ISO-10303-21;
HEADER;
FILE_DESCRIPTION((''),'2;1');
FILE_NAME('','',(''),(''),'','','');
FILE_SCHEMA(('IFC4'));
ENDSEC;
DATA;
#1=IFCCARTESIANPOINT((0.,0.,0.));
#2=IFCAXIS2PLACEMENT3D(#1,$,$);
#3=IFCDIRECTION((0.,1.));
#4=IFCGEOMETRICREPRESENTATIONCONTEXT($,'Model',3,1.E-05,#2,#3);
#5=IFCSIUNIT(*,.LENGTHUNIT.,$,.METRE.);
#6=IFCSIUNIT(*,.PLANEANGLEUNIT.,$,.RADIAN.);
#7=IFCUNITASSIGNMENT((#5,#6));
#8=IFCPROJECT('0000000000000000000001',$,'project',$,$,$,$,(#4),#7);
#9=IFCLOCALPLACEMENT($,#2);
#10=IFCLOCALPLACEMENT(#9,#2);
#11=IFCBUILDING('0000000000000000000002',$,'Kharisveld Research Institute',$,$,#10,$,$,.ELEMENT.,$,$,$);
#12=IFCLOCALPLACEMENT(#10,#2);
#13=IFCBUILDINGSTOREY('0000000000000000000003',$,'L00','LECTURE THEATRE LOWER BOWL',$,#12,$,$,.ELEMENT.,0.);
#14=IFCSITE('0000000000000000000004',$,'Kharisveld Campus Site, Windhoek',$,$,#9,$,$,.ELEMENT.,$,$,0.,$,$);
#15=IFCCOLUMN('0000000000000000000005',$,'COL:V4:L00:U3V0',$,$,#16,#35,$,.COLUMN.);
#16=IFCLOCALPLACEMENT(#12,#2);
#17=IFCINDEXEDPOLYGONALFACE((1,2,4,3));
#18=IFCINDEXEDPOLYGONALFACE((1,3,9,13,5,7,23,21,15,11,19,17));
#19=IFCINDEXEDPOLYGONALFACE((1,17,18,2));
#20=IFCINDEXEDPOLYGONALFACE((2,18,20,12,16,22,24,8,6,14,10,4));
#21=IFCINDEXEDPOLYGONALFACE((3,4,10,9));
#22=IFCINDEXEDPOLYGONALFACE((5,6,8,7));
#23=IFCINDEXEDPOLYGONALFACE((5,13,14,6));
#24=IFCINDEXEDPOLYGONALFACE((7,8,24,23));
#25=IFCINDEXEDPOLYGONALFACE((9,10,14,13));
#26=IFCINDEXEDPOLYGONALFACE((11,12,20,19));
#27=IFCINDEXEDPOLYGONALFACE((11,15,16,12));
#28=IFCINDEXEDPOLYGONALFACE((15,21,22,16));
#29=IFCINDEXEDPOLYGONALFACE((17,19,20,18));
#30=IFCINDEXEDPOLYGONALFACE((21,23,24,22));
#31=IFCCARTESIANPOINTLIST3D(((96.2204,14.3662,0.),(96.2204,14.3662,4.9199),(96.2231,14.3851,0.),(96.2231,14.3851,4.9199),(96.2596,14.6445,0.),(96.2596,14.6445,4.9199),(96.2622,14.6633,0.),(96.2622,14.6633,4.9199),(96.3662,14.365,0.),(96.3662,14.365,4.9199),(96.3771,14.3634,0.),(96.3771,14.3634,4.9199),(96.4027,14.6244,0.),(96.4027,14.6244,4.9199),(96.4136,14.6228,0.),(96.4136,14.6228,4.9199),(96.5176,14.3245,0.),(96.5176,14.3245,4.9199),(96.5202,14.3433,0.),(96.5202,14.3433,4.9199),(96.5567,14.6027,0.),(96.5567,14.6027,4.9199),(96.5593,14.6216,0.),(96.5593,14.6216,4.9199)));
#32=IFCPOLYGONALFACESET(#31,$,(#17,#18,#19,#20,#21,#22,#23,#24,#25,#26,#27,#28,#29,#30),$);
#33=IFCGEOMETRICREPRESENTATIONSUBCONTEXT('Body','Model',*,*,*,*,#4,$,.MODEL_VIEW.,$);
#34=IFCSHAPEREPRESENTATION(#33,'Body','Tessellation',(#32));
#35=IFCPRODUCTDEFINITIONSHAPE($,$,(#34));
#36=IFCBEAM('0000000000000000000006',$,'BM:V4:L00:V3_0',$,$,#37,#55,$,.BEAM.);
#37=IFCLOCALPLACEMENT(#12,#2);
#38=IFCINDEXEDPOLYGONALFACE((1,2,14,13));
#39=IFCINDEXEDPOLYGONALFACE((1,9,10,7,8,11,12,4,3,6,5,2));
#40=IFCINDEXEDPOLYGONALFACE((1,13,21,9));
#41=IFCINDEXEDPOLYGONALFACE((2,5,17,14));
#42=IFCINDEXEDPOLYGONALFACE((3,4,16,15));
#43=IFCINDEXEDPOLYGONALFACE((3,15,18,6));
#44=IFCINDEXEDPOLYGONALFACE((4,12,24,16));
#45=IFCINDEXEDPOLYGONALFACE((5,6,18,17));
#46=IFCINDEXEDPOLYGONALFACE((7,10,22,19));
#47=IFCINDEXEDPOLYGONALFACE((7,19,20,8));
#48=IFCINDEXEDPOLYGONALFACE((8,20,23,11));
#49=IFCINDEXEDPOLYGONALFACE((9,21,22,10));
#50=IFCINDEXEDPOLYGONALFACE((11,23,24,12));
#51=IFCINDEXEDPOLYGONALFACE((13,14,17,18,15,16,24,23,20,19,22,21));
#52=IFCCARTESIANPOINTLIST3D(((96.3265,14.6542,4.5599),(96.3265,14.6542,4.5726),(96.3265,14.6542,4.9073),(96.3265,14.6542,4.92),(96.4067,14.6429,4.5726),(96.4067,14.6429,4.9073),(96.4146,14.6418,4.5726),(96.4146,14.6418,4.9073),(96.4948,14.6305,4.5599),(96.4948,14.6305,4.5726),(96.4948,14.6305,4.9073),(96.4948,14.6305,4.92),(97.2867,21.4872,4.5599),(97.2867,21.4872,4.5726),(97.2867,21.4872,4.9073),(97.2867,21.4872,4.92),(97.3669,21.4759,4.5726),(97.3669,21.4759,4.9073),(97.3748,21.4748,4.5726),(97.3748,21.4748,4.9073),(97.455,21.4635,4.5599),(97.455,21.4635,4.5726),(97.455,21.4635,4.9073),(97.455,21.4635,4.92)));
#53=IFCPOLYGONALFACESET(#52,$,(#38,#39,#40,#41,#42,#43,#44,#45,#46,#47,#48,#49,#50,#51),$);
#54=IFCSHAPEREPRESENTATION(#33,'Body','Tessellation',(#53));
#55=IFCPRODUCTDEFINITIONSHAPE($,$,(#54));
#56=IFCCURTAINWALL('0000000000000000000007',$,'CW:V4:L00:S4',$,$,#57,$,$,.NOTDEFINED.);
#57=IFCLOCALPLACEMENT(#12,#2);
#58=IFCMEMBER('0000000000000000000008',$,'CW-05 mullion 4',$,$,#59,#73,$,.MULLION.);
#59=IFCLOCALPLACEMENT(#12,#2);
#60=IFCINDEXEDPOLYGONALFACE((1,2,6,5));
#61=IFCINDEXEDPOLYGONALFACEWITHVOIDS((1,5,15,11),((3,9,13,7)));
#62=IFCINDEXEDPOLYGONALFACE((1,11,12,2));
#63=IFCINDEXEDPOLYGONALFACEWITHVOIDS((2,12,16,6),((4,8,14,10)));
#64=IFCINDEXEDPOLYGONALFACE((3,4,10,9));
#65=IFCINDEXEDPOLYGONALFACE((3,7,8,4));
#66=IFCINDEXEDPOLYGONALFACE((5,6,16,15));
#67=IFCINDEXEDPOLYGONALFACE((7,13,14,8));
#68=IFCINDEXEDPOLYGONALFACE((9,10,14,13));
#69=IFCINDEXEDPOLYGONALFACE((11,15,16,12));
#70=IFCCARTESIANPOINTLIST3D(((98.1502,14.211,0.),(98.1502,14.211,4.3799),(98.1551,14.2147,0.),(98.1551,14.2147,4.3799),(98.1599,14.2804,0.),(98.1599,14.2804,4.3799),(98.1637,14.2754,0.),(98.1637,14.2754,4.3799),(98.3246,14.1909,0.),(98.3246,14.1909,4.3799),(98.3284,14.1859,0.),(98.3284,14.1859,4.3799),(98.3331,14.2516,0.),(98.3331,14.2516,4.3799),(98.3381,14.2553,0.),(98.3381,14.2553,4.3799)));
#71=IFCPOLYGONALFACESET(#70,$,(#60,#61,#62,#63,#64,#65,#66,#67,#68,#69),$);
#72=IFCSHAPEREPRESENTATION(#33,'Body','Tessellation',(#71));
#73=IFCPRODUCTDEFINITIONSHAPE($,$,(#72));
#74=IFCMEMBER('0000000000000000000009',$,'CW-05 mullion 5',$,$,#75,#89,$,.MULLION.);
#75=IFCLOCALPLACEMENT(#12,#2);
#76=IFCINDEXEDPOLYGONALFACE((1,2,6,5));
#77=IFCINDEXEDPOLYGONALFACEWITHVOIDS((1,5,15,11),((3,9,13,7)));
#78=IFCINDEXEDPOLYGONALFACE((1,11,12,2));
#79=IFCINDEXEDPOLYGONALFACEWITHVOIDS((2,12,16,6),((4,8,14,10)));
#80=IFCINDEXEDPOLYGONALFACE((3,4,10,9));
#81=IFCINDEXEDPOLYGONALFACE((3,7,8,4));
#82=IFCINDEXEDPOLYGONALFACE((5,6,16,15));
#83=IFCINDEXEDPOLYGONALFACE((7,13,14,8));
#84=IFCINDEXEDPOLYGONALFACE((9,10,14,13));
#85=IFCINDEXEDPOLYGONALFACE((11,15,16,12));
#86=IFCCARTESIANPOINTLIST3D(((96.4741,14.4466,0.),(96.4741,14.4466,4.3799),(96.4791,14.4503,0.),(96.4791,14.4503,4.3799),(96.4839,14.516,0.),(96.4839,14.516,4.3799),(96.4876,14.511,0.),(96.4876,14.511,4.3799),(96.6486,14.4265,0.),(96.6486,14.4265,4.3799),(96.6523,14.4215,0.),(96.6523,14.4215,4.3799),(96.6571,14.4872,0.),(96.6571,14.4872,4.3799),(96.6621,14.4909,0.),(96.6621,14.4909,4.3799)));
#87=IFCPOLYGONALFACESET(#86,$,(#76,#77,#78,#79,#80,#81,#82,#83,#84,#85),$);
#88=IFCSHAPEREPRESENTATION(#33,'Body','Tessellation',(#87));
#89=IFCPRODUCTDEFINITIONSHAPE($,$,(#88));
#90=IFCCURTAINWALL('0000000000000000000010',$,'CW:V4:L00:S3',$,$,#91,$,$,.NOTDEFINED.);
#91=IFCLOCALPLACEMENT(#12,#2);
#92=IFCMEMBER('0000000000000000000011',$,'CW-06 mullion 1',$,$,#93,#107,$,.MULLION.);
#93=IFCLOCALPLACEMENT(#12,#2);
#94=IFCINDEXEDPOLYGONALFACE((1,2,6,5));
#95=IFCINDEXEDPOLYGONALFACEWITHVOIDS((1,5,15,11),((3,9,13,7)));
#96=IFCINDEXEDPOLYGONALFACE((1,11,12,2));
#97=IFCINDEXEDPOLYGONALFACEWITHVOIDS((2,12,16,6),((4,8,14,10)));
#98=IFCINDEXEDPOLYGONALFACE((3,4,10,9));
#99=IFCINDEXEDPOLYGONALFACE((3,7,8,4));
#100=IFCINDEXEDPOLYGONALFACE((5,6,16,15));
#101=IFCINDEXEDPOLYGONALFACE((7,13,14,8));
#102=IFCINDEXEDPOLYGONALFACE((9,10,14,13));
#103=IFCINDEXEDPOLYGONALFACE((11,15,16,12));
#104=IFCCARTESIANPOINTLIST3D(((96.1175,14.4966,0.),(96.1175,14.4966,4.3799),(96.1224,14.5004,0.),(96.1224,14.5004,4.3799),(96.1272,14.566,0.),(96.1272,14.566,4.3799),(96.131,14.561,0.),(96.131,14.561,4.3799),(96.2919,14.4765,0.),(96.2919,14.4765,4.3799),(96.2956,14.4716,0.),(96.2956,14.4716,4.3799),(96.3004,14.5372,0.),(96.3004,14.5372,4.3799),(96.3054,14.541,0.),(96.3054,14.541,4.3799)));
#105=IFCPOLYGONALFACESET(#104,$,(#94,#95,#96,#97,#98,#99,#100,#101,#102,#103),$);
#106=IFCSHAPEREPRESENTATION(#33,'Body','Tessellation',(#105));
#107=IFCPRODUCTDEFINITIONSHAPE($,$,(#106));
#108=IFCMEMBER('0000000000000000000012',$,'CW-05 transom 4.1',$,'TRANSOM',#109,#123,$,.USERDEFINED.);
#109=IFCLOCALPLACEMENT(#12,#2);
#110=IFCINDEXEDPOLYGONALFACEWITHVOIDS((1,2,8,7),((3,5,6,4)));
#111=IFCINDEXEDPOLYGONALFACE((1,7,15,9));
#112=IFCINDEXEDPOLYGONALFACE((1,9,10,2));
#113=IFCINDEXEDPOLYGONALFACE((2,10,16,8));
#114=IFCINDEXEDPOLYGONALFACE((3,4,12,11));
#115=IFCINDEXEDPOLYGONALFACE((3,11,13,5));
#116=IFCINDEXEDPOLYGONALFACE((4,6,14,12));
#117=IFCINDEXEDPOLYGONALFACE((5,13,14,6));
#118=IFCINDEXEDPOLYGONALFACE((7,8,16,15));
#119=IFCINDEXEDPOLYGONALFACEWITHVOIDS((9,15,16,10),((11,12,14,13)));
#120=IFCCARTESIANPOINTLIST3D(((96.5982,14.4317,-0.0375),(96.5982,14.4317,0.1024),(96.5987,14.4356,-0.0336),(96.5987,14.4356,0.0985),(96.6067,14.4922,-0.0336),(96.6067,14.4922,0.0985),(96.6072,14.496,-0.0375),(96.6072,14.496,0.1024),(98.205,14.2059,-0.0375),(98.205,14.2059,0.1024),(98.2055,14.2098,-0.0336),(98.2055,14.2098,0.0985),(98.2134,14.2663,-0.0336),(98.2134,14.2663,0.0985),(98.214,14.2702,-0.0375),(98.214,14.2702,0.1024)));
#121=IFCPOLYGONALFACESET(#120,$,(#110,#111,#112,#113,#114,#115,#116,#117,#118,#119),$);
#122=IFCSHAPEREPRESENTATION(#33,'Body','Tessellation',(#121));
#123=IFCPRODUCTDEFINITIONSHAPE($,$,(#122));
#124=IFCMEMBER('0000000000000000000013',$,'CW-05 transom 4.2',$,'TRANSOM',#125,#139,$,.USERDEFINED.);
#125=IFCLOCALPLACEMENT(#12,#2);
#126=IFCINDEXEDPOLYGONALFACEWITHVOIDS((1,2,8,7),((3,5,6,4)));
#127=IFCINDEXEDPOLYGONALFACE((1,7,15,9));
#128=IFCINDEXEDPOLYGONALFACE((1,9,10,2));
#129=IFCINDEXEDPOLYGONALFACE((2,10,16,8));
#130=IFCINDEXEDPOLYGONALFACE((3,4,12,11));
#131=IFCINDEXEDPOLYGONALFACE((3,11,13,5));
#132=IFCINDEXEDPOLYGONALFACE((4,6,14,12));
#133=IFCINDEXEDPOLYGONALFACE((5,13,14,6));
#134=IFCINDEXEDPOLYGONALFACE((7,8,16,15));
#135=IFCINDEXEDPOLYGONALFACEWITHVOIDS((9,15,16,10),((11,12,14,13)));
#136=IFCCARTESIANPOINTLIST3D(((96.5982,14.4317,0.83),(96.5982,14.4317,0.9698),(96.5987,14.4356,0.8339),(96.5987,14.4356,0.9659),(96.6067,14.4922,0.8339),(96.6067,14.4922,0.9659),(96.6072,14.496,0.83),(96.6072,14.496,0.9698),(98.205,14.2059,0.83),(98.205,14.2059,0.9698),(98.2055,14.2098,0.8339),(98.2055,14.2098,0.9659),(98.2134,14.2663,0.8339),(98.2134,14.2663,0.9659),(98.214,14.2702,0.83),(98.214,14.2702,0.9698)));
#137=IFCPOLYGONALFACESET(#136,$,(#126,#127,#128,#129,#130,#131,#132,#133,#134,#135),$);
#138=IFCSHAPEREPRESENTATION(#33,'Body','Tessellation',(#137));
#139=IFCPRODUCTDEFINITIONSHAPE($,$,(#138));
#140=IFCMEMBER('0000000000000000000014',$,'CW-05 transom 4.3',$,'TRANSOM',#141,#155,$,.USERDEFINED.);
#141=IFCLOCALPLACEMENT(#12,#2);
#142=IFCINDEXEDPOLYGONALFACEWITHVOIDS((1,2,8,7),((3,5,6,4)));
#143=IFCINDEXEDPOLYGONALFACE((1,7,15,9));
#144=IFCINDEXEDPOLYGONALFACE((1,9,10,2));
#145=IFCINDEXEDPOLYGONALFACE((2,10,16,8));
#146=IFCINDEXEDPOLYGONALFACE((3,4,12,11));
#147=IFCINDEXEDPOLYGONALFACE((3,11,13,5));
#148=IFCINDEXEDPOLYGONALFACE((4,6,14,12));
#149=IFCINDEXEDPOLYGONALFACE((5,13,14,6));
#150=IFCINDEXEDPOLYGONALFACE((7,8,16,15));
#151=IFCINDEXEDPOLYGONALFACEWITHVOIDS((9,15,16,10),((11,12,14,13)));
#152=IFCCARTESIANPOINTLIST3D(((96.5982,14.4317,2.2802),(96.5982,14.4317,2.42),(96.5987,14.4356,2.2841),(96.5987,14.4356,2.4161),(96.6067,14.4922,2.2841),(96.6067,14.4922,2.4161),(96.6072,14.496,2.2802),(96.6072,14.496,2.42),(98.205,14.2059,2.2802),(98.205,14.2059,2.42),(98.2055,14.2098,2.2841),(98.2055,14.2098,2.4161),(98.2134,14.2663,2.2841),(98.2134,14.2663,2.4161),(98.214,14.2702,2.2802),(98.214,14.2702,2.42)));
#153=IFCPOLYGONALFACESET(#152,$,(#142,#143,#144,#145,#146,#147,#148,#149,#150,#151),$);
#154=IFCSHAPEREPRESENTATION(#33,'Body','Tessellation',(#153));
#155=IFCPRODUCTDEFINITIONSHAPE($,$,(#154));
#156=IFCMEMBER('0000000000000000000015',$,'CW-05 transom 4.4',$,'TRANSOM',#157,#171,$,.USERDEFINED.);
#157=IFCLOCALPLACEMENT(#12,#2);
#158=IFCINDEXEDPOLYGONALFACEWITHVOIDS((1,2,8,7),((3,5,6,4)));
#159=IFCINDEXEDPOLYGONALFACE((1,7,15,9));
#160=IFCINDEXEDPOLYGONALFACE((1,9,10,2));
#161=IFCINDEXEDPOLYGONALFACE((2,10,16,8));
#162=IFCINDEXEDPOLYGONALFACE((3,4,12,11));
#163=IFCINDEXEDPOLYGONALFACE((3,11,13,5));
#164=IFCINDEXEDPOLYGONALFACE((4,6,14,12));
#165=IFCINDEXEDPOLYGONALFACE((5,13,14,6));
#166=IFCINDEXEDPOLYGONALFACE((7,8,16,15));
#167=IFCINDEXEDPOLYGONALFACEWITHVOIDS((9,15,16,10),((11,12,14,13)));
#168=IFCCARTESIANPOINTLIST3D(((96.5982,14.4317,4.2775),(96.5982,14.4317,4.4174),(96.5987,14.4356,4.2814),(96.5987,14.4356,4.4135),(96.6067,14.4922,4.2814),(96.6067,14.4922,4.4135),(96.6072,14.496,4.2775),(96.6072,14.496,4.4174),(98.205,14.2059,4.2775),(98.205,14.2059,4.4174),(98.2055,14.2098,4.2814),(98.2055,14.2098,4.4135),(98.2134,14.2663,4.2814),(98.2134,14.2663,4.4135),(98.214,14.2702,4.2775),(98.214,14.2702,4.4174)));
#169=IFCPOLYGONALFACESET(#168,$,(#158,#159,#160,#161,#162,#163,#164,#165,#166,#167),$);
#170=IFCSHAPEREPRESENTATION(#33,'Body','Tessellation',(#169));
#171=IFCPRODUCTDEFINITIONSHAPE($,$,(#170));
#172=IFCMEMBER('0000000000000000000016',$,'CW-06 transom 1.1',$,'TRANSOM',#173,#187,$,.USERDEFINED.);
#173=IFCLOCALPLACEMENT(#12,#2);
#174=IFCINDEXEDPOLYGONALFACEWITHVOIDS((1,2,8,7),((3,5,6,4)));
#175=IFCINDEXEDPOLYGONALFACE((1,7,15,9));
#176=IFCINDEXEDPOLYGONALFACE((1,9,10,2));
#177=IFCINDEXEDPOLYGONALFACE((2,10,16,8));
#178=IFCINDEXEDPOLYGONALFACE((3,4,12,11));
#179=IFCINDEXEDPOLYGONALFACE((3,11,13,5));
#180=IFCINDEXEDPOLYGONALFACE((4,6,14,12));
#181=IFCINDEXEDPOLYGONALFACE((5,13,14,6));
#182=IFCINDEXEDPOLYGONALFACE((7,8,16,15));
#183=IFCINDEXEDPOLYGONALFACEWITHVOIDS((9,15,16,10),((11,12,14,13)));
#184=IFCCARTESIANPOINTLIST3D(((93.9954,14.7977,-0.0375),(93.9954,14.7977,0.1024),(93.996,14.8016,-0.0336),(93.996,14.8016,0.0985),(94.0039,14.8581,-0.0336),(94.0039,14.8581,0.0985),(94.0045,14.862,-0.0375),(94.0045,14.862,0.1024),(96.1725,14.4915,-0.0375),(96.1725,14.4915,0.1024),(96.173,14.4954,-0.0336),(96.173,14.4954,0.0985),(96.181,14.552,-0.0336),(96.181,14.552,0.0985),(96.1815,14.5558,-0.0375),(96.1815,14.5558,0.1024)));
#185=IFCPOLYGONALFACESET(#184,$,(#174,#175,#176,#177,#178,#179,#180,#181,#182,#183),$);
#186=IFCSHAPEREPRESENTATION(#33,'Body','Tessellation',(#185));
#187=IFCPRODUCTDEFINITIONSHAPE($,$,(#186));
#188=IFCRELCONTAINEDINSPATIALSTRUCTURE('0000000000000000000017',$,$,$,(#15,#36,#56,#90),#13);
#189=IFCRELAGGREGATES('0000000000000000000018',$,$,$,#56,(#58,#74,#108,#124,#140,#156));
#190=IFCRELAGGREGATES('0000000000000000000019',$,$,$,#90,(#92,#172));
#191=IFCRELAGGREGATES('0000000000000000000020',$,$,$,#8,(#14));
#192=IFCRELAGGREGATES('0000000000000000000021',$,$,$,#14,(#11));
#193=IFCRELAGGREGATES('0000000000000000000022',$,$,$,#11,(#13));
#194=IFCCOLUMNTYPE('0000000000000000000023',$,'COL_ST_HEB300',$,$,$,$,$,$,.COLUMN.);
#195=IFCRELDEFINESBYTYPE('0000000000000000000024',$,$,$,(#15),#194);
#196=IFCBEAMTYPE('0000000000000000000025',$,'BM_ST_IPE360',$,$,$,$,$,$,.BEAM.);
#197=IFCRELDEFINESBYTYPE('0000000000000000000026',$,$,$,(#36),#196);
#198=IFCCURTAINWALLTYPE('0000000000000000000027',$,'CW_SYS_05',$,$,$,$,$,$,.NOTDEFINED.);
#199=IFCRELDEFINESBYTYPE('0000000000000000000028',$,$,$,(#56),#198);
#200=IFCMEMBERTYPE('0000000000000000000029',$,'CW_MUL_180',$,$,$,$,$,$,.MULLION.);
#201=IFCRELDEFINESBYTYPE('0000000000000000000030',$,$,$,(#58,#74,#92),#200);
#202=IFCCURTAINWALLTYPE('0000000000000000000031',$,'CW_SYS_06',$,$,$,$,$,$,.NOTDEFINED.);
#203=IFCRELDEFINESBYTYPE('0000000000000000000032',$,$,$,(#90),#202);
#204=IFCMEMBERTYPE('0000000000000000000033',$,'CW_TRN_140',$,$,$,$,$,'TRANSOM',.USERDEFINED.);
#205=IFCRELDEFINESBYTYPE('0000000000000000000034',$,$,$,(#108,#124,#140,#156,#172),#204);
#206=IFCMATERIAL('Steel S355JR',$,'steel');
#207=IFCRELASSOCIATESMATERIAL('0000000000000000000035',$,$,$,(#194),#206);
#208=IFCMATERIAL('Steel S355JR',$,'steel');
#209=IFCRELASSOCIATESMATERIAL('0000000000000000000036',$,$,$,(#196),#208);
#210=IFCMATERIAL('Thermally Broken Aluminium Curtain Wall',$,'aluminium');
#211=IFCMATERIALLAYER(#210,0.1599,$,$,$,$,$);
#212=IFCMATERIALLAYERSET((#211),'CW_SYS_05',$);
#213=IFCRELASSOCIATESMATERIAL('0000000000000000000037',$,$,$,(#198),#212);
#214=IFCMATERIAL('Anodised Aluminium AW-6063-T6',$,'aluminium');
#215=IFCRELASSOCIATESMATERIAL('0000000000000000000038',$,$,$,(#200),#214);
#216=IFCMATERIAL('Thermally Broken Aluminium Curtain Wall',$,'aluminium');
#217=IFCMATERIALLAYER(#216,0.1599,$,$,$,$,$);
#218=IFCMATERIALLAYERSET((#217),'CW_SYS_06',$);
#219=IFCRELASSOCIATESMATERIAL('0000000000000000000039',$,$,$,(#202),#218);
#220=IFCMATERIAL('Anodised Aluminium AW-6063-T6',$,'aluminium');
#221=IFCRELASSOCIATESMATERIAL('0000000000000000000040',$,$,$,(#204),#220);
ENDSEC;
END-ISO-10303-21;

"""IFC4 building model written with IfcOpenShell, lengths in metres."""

from ifc_helpers import new_model, si_unit, direction, frame, origin, origin_2d, place, context, subcontext, project, spatial, hollow_rectangle, i_section, extrude, material, layer, layer_set, material_profile, profile_set, type_object, element, aggregate, save


model = new_model("IFC4")

# Units and contexts
model_context = context("Model", 3, precision=1e-05, world=origin(), true_north=direction((0.0, 1.0)))
body_context = subcontext(model_context, "Body", "Model", "MODEL_VIEW")
ifc_project = project(units=[si_unit("LENGTHUNIT", "METRE"), si_unit("PLANEANGLEUNIT", "RADIAN")], contexts=[model_context])

# Site, building, storey
site_placement = place(None, origin())
site = spatial("IfcSite", under=ifc_project, at=site_placement, Name="Kharisveld Campus Site, Windhoek", CompositionType="ELEMENT", RefElevation=0.0)
building_placement = place(site_placement, origin())
building = spatial("IfcBuilding", under=site, at=building_placement, Name="Kharisveld Research Institute", CompositionType="ELEMENT")
storey_placement = place(building_placement, origin())
storey = spatial("IfcBuildingStorey", under=building, at=storey_placement, Name="L00", Description="LECTURE THEATRE LOWER BOWL", CompositionType="ELEMENT", Elevation=0.0)

# Column
ifc_material_1 = material(Name="Steel S355JR", Category="steel")
ifc_material_profile_1 = material_profile(ifc_material_1, i_section(OverallWidth=0.3, OverallDepth=0.3, WebThickness=0.011, FlangeThickness=0.019, at=origin_2d()))
ifc_profile_set_1 = profile_set([ifc_material_profile_1], Name="Steel S355JR")
column_type = type_object("IfcColumnType", Name="COL_ST_HEB300", PredefinedType="COLUMN", material=ifc_profile_set_1)
column_placement = place(storey_placement, frame((96.3899, 14.4939, 0.0), z_axis=(0.0, 0.0, 1.0), x_axis=(0.990268, -0.139173, 0.0)))
element("IfcColumn", 1, at=column_placement, inside=storey, type_object=column_type, Name="COL:V4:L00:U3V0", PredefinedType="COLUMN", context=body_context, shape_type="SweptSolid", body=[
    extrude(i_section(OverallWidth=0.3, OverallDepth=0.3, WebThickness=0.011, FlangeThickness=0.019, at=origin_2d()), origin(), (0.0, 0.0, 1.0), 4.9199),
])

# Beam
ifc_material_2 = material(Name="Steel S355JR", Category="steel")
ifc_material_profile_2 = material_profile(ifc_material_2, i_section(OverallWidth=0.1699, OverallDepth=0.3601, WebThickness=0.0081, FlangeThickness=0.0127, at=origin_2d()))
ifc_profile_set_2 = profile_set([ifc_material_profile_2], Name="Steel S355JR")
beam_type_1 = type_object("IfcBeamType", Name="BM_ST_IPE360", PredefinedType="BEAM", material=ifc_profile_set_2)
beam_1_placement = place(storey_placement, frame((96.4106, 14.6423, 4.74), z_axis=(0.139157, 0.99027, 0.0), x_axis=(-0.99027, 0.139157, 0.0)))
element("IfcBeam", 2, at=beam_1_placement, inside=storey, type_object=beam_type_1, Name="BM:V4:L00:V3_0", PredefinedType="BEAM", context=body_context, shape_type="SweptSolid", body=[
    extrude(i_section(OverallWidth=0.1699, OverallDepth=0.3601, WebThickness=0.0081, FlangeThickness=0.0127, at=origin_2d()), origin(), (0.0, 0.0, 1.0), 6.9001),
])

# Curtain wall, members
ifc_material_3 = material(Name="Thermally Broken Aluminium Curtain Wall", Category="aluminium")
ifc_layer_1 = layer(ifc_material_3, 0.1599)
ifc_layer_set_1 = layer_set([ifc_layer_1], Name="CW_SYS_05")
curtain_wall_type_1 = type_object("IfcCurtainWallType", Name="CW_SYS_05", PredefinedType="NOTDEFINED", material=ifc_layer_set_1)
curtain_wall_1_placement = place(storey_placement, origin())
curtain_wall_1 = element("IfcCurtainWall", 3, at=curtain_wall_1_placement, inside=storey, type_object=curtain_wall_type_1, Name="CW:V4:L00:S4", PredefinedType="NOTDEFINED")
ifc_material_4 = material(Name="Anodised Aluminium AW-6063-T6", Category="aluminium")
ifc_material_profile_3 = material_profile(ifc_material_4, hollow_rectangle(XDim=0.0701, YDim=0.1799, WallThickness=0.0044, at=origin_2d()))
ifc_profile_set_3 = profile_set([ifc_material_profile_3], Name="Anodised Aluminium AW-6063-T6")
member_type_1 = type_object("IfcMemberType", Name="CW_MUL_180", PredefinedType="MULLION", material=ifc_profile_set_3)
member_1_placement = place(storey_placement, frame((98.2441, 14.2332, 0.0), z_axis=(0.0, 0.0, 1.0), x_axis=(-0.139173, -0.990268, 0.0)))
member_1 = element("IfcMember", 4, at=member_1_placement, type_object=member_type_1, Name="CW-05 mullion 4", PredefinedType="MULLION", context=body_context, shape_type="SweptSolid", body=[
    extrude(hollow_rectangle(XDim=0.0701, YDim=0.1799, WallThickness=0.0044, at=origin_2d()), origin(), (0.0, 0.0, 1.0), 4.3799),
])
member_2_placement = place(storey_placement, frame((96.5681, 14.4688, 0.0), z_axis=(0.0, 0.0, 1.0), x_axis=(-0.139173, -0.990268, 0.0)))
member_2 = element("IfcMember", 5, at=member_2_placement, type_object=member_type_1, Name="CW-05 mullion 5", PredefinedType="MULLION", context=body_context, shape_type="SweptSolid", body=[
    extrude(hollow_rectangle(XDim=0.0701, YDim=0.1799, WallThickness=0.0044, at=origin_2d()), origin(), (0.0, 0.0, 1.0), 4.3799),
])

# Curtain wall, member
ifc_material_5 = material(Name="Thermally Broken Aluminium Curtain Wall", Category="aluminium")
ifc_layer_2 = layer(ifc_material_5, 0.1599)
ifc_layer_set_2 = layer_set([ifc_layer_2], Name="CW_SYS_06")
curtain_wall_type_2 = type_object("IfcCurtainWallType", Name="CW_SYS_06", PredefinedType="NOTDEFINED", material=ifc_layer_set_2)
curtain_wall_2_placement = place(storey_placement, origin())
curtain_wall_2 = element("IfcCurtainWall", 6, at=curtain_wall_2_placement, inside=storey, type_object=curtain_wall_type_2, Name="CW:V4:L00:S3", PredefinedType="NOTDEFINED")
member_3_placement = place(storey_placement, frame((96.2114, 14.5188, 0.0), z_axis=(0.0, 0.0, 1.0), x_axis=(-0.139173, -0.990268, 0.0)))
member_3 = element("IfcMember", 7, at=member_3_placement, type_object=member_type_1, Name="CW-06 mullion 1", PredefinedType="MULLION", context=body_context, shape_type="SweptSolid", body=[
    extrude(hollow_rectangle(XDim=0.0701, YDim=0.1799, WallThickness=0.0044, at=origin_2d()), origin(), (0.0, 0.0, 1.0), 4.3799),
])

# Members
ifc_material_6 = material(Name="Anodised Aluminium AW-6063-T6", Category="aluminium")
ifc_material_profile_4 = material_profile(ifc_material_6, hollow_rectangle(XDim=0.0649, YDim=0.1399, WallThickness=0.0039, at=origin_2d()))
ifc_profile_set_4 = profile_set([ifc_material_profile_4], Name="Anodised Aluminium AW-6063-T6")
member_type_2 = type_object("IfcMemberType", Name="CW_TRN_140", ElementType="TRANSOM", PredefinedType="USERDEFINED", material=ifc_profile_set_4)
member_4_placement = place(storey_placement, frame((98.2095, 14.238, 0.0325), z_axis=(-0.990266, 0.139188, 0.0), x_axis=(-0.139188, -0.990266, 0.0)))
member_4 = element("IfcMember", 8, at=member_4_placement, type_object=member_type_2, Name="CW-05 transom 4.1", ObjectType="TRANSOM", PredefinedType="USERDEFINED", context=body_context, shape_type="SweptSolid", body=[
    extrude(hollow_rectangle(XDim=0.0649, YDim=0.1399, WallThickness=0.0039, at=origin_2d()), origin(), (0.0, 0.0, 1.0), 1.6226),
])
member_5_placement = place(storey_placement, frame((98.2095, 14.238, 0.8999), z_axis=(-0.990266, 0.139188, 0.0), x_axis=(-0.139188, -0.990266, 0.0)))
member_5 = element("IfcMember", 9, at=member_5_placement, type_object=member_type_2, Name="CW-05 transom 4.2", ObjectType="TRANSOM", PredefinedType="USERDEFINED", context=body_context, shape_type="SweptSolid", body=[
    extrude(hollow_rectangle(XDim=0.0649, YDim=0.1399, WallThickness=0.0039, at=origin_2d()), origin(), (0.0, 0.0, 1.0), 1.6226),
])
member_6_placement = place(storey_placement, frame((98.2095, 14.238, 2.3501), z_axis=(-0.990266, 0.139188, 0.0), x_axis=(-0.139188, -0.990266, 0.0)))
member_6 = element("IfcMember", 10, at=member_6_placement, type_object=member_type_2, Name="CW-05 transom 4.3", ObjectType="TRANSOM", PredefinedType="USERDEFINED", context=body_context, shape_type="SweptSolid", body=[
    extrude(hollow_rectangle(XDim=0.0649, YDim=0.1399, WallThickness=0.0039, at=origin_2d()), origin(), (0.0, 0.0, 1.0), 1.6226),
])
member_7_placement = place(storey_placement, frame((98.2095, 14.238, 4.3474), z_axis=(-0.990266, 0.139188, 0.0), x_axis=(-0.139188, -0.990266, 0.0)))
member_7 = element("IfcMember", 11, at=member_7_placement, type_object=member_type_2, Name="CW-05 transom 4.4", ObjectType="TRANSOM", PredefinedType="USERDEFINED", context=body_context, shape_type="SweptSolid", body=[
    extrude(hollow_rectangle(XDim=0.0649, YDim=0.1399, WallThickness=0.0039, at=origin_2d()), origin(), (0.0, 0.0, 1.0), 1.6226),
])
member_8_placement = place(storey_placement, frame((96.177, 14.5237, 0.0325), z_axis=(-0.990256, 0.13926, 0.0), x_axis=(-0.13926, -0.990256, 0.0)))
member_8 = element("IfcMember", 12, at=member_8_placement, type_object=member_type_2, Name="CW-06 transom 1.1", ObjectType="TRANSOM", PredefinedType="USERDEFINED", context=body_context, shape_type="SweptSolid", body=[
    extrude(hollow_rectangle(XDim=0.0649, YDim=0.1399, WallThickness=0.0039, at=origin_2d()), origin(), (0.0, 0.0, 1.0), 2.1985),
])

aggregate(curtain_wall_1, [member_1, member_2, member_4, member_5, member_6, member_7])
aggregate(curtain_wall_2, [member_3, member_8])

save(model, "model.ifc")
